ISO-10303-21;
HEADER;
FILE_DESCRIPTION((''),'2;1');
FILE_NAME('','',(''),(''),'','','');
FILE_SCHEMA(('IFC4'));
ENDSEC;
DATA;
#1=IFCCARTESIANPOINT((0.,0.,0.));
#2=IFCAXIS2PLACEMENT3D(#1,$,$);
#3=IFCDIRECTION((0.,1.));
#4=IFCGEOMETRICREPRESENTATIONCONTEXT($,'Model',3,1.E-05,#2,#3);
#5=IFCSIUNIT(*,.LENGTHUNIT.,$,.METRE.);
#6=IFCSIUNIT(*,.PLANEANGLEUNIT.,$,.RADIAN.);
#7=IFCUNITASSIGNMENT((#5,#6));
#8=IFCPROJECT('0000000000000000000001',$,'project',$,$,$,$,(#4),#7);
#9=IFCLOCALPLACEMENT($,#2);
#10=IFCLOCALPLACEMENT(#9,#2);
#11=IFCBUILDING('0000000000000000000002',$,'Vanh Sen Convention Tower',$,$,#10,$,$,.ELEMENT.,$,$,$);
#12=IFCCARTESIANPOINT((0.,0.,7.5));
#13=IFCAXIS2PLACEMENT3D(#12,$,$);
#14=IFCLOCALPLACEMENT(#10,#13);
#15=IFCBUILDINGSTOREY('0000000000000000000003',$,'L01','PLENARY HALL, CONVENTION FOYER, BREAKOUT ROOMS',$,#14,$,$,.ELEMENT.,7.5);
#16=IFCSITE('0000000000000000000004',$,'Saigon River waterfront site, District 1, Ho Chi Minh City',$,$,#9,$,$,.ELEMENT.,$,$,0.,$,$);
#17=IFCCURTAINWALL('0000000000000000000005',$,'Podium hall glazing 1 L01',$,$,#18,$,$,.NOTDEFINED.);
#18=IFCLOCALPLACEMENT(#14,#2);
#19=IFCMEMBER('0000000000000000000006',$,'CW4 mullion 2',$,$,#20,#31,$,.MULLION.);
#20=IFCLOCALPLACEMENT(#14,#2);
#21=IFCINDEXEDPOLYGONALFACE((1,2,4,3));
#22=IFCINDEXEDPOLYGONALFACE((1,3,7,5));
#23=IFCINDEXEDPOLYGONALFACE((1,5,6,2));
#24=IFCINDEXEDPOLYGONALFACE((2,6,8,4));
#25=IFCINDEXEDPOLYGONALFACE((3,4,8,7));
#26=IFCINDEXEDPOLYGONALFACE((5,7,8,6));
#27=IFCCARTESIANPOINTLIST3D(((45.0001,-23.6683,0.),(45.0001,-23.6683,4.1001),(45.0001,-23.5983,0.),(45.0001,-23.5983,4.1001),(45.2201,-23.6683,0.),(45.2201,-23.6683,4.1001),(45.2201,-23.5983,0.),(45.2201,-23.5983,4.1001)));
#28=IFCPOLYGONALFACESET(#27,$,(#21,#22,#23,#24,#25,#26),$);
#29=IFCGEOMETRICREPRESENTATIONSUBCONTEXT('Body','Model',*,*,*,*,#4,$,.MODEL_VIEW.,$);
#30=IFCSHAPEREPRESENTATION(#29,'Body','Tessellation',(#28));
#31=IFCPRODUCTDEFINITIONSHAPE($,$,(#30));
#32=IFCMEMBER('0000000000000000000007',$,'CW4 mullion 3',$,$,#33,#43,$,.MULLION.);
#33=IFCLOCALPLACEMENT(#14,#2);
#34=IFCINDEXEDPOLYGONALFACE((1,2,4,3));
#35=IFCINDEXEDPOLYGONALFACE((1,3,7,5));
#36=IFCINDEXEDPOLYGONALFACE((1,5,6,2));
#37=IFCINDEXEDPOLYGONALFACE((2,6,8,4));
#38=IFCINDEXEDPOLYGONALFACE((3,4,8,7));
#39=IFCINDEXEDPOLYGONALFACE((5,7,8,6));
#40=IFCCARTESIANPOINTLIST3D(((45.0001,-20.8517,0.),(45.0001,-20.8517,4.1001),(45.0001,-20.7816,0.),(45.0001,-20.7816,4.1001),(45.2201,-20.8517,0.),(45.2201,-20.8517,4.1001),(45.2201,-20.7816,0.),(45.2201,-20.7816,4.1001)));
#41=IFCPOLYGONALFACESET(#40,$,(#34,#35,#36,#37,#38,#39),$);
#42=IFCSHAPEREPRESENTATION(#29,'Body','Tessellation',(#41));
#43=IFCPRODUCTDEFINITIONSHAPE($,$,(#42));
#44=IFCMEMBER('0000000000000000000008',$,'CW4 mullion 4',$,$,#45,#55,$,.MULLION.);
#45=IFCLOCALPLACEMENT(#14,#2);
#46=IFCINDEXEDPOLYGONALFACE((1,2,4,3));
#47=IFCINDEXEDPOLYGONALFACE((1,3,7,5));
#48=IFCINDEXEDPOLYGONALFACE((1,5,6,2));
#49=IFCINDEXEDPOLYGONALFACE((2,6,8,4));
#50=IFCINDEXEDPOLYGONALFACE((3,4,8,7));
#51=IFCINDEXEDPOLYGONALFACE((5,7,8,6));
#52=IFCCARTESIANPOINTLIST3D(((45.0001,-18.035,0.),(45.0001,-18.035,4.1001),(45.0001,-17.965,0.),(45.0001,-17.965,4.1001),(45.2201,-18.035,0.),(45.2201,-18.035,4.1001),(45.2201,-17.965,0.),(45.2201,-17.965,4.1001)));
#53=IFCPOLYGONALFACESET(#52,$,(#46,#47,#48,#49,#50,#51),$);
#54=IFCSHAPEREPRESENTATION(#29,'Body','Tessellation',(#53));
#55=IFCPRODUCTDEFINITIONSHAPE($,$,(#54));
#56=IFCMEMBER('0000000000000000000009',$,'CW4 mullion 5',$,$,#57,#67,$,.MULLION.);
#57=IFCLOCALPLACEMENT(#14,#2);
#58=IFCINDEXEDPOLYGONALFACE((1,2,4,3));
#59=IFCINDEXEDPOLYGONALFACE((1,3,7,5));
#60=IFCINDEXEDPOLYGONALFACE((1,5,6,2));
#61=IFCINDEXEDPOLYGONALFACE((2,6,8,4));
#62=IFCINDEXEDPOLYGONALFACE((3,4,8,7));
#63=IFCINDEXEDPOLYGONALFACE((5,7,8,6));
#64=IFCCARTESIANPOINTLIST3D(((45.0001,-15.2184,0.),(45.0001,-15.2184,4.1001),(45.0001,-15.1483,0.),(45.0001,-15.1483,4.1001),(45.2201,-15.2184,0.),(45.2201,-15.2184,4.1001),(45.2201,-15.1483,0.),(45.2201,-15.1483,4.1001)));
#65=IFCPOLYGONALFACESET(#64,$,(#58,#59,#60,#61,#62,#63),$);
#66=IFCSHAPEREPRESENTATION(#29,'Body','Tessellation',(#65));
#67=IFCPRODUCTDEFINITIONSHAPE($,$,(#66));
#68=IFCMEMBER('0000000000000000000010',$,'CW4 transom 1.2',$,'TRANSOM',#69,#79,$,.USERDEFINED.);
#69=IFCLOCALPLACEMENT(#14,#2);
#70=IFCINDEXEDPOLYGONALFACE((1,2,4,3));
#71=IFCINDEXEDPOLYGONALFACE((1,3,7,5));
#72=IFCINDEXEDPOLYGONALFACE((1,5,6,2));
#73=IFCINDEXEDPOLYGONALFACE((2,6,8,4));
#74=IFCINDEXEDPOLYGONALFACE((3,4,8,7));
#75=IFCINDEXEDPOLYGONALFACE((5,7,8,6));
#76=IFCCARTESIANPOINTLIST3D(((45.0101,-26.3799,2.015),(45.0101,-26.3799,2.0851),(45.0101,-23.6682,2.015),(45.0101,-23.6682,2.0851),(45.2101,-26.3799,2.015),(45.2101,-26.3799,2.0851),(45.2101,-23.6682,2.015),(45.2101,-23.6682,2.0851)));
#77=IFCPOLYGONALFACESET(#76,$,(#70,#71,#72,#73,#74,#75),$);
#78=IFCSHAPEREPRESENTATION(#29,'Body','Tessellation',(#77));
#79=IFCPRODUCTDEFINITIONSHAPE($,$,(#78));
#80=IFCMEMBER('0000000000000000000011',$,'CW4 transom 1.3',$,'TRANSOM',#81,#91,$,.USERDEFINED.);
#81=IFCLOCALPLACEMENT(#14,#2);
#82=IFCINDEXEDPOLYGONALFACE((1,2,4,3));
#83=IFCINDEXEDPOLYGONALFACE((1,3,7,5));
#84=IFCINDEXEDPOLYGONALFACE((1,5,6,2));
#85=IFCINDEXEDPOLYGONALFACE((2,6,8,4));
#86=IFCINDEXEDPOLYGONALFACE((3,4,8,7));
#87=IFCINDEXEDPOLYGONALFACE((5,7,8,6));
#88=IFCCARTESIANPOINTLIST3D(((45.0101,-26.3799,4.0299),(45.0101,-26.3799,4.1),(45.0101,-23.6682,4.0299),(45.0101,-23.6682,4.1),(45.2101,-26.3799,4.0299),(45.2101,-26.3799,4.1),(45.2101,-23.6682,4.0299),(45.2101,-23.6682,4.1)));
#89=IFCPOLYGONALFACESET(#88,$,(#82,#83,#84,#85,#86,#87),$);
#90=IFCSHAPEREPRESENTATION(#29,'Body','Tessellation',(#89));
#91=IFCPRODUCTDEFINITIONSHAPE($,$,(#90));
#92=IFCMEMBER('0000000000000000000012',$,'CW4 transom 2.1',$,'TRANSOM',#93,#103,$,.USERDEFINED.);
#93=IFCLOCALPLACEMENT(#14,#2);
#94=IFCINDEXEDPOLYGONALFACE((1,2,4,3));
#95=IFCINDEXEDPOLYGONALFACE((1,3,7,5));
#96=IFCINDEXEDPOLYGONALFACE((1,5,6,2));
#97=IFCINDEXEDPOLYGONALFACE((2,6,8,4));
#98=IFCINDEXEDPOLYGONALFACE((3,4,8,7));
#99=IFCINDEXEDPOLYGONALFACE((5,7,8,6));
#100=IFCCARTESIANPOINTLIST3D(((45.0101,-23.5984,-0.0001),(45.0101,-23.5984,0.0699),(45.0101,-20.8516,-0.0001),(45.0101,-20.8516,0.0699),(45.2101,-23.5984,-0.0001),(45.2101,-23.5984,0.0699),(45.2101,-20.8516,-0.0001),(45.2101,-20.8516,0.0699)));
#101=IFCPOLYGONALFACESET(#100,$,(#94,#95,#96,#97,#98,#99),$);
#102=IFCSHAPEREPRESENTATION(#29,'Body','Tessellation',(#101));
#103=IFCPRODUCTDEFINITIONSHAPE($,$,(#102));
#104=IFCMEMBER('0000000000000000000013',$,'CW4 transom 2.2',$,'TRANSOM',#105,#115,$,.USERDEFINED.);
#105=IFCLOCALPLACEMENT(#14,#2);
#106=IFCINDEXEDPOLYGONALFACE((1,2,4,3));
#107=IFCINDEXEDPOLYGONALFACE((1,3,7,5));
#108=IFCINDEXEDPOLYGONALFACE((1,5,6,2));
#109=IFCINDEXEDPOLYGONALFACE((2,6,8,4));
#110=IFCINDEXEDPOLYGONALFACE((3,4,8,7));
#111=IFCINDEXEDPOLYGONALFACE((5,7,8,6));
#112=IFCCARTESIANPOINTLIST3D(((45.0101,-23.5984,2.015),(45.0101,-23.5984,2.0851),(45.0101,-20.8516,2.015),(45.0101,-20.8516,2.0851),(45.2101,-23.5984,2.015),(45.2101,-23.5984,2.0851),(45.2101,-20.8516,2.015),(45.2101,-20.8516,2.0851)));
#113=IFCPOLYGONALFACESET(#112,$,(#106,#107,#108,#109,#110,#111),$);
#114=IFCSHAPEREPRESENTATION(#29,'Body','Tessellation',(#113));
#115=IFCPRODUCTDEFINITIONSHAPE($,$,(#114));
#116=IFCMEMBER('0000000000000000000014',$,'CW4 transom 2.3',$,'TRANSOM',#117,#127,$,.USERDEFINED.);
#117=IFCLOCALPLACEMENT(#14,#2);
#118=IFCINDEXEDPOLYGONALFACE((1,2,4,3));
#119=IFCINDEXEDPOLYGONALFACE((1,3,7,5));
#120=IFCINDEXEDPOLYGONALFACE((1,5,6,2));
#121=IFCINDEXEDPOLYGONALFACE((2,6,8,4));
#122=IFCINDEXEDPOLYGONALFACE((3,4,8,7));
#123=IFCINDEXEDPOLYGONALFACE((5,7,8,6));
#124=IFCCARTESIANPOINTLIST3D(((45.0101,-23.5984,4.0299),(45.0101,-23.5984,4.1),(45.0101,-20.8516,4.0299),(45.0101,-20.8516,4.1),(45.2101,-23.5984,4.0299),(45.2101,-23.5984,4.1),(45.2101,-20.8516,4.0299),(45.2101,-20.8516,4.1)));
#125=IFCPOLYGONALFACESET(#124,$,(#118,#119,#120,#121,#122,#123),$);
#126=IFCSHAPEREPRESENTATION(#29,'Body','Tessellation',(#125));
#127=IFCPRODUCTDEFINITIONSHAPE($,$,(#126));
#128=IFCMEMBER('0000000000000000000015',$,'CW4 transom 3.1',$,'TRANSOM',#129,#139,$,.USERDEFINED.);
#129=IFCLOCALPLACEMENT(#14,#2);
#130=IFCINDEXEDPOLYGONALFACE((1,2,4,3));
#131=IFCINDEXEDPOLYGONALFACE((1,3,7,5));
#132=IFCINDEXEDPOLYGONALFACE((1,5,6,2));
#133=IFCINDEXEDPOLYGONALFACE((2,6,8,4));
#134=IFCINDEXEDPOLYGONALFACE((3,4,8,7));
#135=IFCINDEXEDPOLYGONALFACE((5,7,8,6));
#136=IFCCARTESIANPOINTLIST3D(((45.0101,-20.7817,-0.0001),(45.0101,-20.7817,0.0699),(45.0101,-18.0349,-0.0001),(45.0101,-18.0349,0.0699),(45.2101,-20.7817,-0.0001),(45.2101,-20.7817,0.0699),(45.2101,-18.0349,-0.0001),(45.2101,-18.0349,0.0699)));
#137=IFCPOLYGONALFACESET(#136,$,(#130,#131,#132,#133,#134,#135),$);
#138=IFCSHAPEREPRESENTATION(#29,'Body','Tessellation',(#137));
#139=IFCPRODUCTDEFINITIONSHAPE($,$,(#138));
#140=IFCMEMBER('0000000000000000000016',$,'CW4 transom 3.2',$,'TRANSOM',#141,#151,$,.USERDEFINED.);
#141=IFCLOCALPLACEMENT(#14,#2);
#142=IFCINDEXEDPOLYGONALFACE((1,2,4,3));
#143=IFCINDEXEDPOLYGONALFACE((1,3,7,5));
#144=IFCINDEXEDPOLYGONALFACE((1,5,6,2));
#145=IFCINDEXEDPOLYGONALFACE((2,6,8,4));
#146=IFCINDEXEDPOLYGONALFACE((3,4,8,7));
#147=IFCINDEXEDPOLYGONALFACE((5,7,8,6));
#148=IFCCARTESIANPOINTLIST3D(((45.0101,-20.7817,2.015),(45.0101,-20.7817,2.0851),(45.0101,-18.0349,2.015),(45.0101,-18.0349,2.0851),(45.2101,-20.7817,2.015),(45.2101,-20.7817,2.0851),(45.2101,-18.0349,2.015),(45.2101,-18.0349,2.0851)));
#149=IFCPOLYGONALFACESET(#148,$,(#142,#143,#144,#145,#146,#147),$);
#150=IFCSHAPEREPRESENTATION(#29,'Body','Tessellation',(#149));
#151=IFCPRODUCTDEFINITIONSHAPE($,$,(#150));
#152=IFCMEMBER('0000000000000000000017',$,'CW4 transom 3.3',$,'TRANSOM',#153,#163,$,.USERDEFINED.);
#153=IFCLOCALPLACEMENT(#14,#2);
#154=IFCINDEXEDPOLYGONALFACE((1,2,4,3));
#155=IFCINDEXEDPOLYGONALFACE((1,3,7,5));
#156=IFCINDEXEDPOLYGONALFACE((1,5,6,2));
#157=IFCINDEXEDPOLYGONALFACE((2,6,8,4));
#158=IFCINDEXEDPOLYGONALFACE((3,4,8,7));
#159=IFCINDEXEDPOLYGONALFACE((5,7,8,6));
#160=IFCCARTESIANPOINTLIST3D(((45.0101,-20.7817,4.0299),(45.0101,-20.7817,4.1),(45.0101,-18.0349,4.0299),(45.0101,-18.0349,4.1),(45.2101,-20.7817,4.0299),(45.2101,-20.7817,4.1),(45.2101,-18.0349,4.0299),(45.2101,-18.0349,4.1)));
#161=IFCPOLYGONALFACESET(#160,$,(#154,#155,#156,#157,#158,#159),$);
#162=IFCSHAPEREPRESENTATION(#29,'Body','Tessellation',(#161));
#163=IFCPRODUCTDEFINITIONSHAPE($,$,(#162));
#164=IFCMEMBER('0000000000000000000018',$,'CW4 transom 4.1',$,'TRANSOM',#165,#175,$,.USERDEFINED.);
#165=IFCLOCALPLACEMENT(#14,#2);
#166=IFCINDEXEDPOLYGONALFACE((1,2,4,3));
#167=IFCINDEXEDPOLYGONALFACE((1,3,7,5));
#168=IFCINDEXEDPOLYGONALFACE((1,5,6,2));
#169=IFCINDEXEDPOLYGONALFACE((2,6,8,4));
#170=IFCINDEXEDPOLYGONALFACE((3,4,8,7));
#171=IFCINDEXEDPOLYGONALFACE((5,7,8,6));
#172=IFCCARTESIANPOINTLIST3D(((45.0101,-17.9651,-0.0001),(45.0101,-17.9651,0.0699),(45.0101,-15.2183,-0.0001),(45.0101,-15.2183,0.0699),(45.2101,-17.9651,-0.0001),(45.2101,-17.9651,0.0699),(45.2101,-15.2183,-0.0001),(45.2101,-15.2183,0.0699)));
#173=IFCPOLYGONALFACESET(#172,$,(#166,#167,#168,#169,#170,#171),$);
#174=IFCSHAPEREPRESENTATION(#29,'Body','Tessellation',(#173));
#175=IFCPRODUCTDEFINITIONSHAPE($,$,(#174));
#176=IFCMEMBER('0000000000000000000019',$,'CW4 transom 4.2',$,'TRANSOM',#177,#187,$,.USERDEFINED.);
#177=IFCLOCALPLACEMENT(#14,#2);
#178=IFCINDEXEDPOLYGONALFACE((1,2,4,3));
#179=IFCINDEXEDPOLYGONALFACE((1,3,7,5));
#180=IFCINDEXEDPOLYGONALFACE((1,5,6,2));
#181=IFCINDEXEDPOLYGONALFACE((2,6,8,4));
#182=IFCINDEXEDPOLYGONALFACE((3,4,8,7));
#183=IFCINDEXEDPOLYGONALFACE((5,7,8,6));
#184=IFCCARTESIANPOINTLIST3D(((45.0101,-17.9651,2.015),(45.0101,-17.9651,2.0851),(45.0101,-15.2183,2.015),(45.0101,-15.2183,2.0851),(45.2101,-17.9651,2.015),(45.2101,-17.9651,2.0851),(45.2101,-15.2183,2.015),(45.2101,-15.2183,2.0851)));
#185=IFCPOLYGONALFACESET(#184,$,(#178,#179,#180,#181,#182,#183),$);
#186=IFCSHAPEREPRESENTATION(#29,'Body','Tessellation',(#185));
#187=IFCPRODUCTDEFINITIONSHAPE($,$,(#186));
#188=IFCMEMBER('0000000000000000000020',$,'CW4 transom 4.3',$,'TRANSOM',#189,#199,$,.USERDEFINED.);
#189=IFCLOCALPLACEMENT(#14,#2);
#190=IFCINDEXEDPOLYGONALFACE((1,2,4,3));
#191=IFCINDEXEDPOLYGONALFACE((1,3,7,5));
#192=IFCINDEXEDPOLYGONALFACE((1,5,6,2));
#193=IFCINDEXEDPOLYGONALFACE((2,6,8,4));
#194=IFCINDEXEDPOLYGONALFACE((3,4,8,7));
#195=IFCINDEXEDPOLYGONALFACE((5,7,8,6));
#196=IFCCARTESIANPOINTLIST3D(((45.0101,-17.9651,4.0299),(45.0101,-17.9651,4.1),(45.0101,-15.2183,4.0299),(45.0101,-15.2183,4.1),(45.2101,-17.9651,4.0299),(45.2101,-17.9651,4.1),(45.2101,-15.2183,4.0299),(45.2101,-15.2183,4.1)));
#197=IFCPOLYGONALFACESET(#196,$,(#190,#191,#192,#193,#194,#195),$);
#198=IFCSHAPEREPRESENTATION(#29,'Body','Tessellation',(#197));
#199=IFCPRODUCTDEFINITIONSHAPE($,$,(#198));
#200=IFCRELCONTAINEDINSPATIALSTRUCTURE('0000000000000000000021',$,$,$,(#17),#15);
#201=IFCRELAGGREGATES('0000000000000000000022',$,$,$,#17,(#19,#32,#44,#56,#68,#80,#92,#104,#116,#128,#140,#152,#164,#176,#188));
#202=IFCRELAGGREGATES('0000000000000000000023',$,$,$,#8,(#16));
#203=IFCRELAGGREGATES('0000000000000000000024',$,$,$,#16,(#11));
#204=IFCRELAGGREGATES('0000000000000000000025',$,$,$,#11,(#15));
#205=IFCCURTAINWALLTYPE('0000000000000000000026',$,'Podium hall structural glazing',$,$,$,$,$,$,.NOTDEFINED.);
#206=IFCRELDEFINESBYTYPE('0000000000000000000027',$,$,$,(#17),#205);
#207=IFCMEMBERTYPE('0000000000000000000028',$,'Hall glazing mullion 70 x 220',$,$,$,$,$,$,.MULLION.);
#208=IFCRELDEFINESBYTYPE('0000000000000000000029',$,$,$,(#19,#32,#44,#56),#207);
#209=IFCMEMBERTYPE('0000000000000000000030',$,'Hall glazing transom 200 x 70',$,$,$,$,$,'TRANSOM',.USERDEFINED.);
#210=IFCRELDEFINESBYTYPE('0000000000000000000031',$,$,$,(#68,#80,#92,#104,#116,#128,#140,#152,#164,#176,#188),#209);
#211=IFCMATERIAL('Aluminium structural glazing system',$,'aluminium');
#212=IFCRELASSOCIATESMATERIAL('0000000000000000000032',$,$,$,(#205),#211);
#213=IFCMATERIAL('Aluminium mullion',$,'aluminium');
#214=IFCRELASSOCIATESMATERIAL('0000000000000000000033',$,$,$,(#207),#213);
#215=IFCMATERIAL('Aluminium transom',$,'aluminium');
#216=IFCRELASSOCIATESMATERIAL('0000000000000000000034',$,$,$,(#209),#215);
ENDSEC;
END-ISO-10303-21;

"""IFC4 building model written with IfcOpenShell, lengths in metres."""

from ifc_helpers import new_model, si_unit, direction, frame, origin, origin_2d, place, context, subcontext, project, spatial, rectangle, extrude, material, material_profile, profile_set, type_object, element, aggregate, save


model = new_model("IFC4")

# Units and contexts
model_context = context("Model", 3, precision=1e-05, world=origin(), true_north=direction((0.0, 1.0)))
body_context = subcontext(model_context, "Body", "Model", "MODEL_VIEW")
ifc_project = project(units=[si_unit("LENGTHUNIT", "METRE"), si_unit("PLANEANGLEUNIT", "RADIAN")], contexts=[model_context])

# Site, building, storey
site_placement = place(None, origin())
site = spatial("IfcSite", under=ifc_project, at=site_placement, Name="Saigon River waterfront site, District 1, Ho Chi Minh City", CompositionType="ELEMENT", RefElevation=0.0)
building_placement = place(site_placement, origin())
building = spatial("IfcBuilding", under=site, at=building_placement, Name="Vanh Sen Convention Tower", CompositionType="ELEMENT")
storey_placement = place(building_placement, frame((0.0, 0.0, 7.5)))
storey = spatial("IfcBuildingStorey", under=building, at=storey_placement, Name="L01", Description="PLENARY HALL, CONVENTION FOYER, BREAKOUT ROOMS", CompositionType="ELEMENT", Elevation=7.5)

# Curtain wall, members
ifc_material_1 = material(Name="Aluminium structural glazing system", Category="aluminium")
curtain_wall_type = type_object("IfcCurtainWallType", Name="Podium hall structural glazing", PredefinedType="NOTDEFINED", material=ifc_material_1)
curtain_wall_placement = place(storey_placement, origin())
curtain_wall = element("IfcCurtainWall", 1, at=curtain_wall_placement, inside=storey, type_object=curtain_wall_type, Name="Podium hall glazing 1 L01", PredefinedType="NOTDEFINED")
ifc_material_2 = material(Name="Aluminium mullion", Category="aluminium")
ifc_material_profile_1 = material_profile(ifc_material_2, rectangle(XDim=0.22, YDim=0.0701, at=origin_2d()), Name="Hall glazing mullion 70 x 220")
ifc_profile_set_1 = profile_set([ifc_material_profile_1], Name="Aluminium mullion")
member_type_1 = type_object("IfcMemberType", Name="Hall glazing mullion 70 x 220", PredefinedType="MULLION", material=ifc_profile_set_1)
member_1_placement = place(storey_placement, frame((45.1101, -23.6333, 0.0), z_axis=(0.0, 0.0, 1.0), x_axis=(-1.0, 0.0, 0.0)))
member_1 = element("IfcMember", 2, at=member_1_placement, type_object=member_type_1, Name="CW4 mullion 2", PredefinedType="MULLION", context=body_context, shape_type="SweptSolid", body=[
    extrude(rectangle(XDim=0.22, YDim=0.0701, at=origin_2d()), origin(), (0.0, 0.0, 1.0), 4.1001),
])
member_2_placement = place(storey_placement, frame((45.1101, -20.8167, 0.0), z_axis=(0.0, 0.0, 1.0), x_axis=(-1.0, 0.0, 0.0)))
member_2 = element("IfcMember", 3, at=member_2_placement, type_object=member_type_1, Name="CW4 mullion 3", PredefinedType="MULLION", context=body_context, shape_type="SweptSolid", body=[
    extrude(rectangle(XDim=0.22, YDim=0.0701, at=origin_2d()), origin(), (0.0, 0.0, 1.0), 4.1001),
])
member_3_placement = place(storey_placement, frame((45.1101, -18.0, 0.0), z_axis=(0.0, 0.0, 1.0), x_axis=(-1.0, 0.0, 0.0)))
member_3 = element("IfcMember", 4, at=member_3_placement, type_object=member_type_1, Name="CW4 mullion 4", PredefinedType="MULLION", context=body_context, shape_type="SweptSolid", body=[
    extrude(rectangle(XDim=0.22, YDim=0.0701, at=origin_2d()), origin(), (0.0, 0.0, 1.0), 4.1001),
])
member_4_placement = place(storey_placement, frame((45.1101, -15.1833, 0.0), z_axis=(0.0, 0.0, 1.0), x_axis=(-1.0, 0.0, 0.0)))
member_4 = element("IfcMember", 5, at=member_4_placement, type_object=member_type_1, Name="CW4 mullion 5", PredefinedType="MULLION", context=body_context, shape_type="SweptSolid", body=[
    extrude(rectangle(XDim=0.22, YDim=0.0701, at=origin_2d()), origin(), (0.0, 0.0, 1.0), 4.1001),
])
ifc_material_3 = material(Name="Aluminium transom", Category="aluminium")
ifc_material_profile_2 = material_profile(ifc_material_3, rectangle(XDim=0.2, YDim=0.0701, at=origin_2d()), Name="Hall glazing transom 200 x 70")
ifc_profile_set_2 = profile_set([ifc_material_profile_2], Name="Aluminium transom")
member_type_2 = type_object("IfcMemberType", Name="Hall glazing transom 200 x 70", ElementType="TRANSOM", PredefinedType="USERDEFINED", material=ifc_profile_set_2)
member_5_placement = place(storey_placement, frame((45.1101, -26.3799, 2.05), z_axis=(0.0, 1.0, 0.0), x_axis=(-1.0, 0.0, 0.0)))
member_5 = element("IfcMember", 6, at=member_5_placement, type_object=member_type_2, Name="CW4 transom 1.2", ObjectType="TRANSOM", PredefinedType="USERDEFINED", context=body_context, shape_type="SweptSolid", body=[
    extrude(rectangle(XDim=0.2, YDim=0.0701, at=origin_2d()), origin(), (0.0, 0.0, 1.0), 2.7117),
])
member_6_placement = place(storey_placement, frame((45.1101, -26.3799, 4.0649), z_axis=(0.0, 1.0, 0.0), x_axis=(-1.0, 0.0, 0.0)))
member_6 = element("IfcMember", 7, at=member_6_placement, type_object=member_type_2, Name="CW4 transom 1.3", ObjectType="TRANSOM", PredefinedType="USERDEFINED", context=body_context, shape_type="SweptSolid", body=[
    extrude(rectangle(XDim=0.2, YDim=0.0701, at=origin_2d()), origin(), (0.0, 0.0, 1.0), 2.7117),
])
member_7_placement = place(storey_placement, frame((45.1101, -23.5984, 0.0349), z_axis=(0.0, 1.0, 0.0), x_axis=(-1.0, 0.0, 0.0)))
member_7 = element("IfcMember", 8, at=member_7_placement, type_object=member_type_2, Name="CW4 transom 2.1", ObjectType="TRANSOM", PredefinedType="USERDEFINED", context=body_context, shape_type="SweptSolid", body=[
    extrude(rectangle(XDim=0.2, YDim=0.0701, at=origin_2d()), origin(), (0.0, 0.0, 1.0), 2.7468),
])
member_8_placement = place(storey_placement, frame((45.1101, -23.5984, 2.05), z_axis=(0.0, 1.0, 0.0), x_axis=(-1.0, 0.0, 0.0)))
member_8 = element("IfcMember", 9, at=member_8_placement, type_object=member_type_2, Name="CW4 transom 2.2", ObjectType="TRANSOM", PredefinedType="USERDEFINED", context=body_context, shape_type="SweptSolid", body=[
    extrude(rectangle(XDim=0.2, YDim=0.0701, at=origin_2d()), origin(), (0.0, 0.0, 1.0), 2.7468),
])
member_9_placement = place(storey_placement, frame((45.1101, -23.5984, 4.0649), z_axis=(0.0, 1.0, 0.0), x_axis=(-1.0, 0.0, 0.0)))
member_9 = element("IfcMember", 10, at=member_9_placement, type_object=member_type_2, Name="CW4 transom 2.3", ObjectType="TRANSOM", PredefinedType="USERDEFINED", context=body_context, shape_type="SweptSolid", body=[
    extrude(rectangle(XDim=0.2, YDim=0.0701, at=origin_2d()), origin(), (0.0, 0.0, 1.0), 2.7468),
])
member_10_placement = place(storey_placement, frame((45.1101, -20.7817, 0.0349), z_axis=(0.0, 1.0, 0.0), x_axis=(-1.0, 0.0, 0.0)))
member_10 = element("IfcMember", 11, at=member_10_placement, type_object=member_type_2, Name="CW4 transom 3.1", ObjectType="TRANSOM", PredefinedType="USERDEFINED", context=body_context, shape_type="SweptSolid", body=[
    extrude(rectangle(XDim=0.2, YDim=0.0701, at=origin_2d()), origin(), (0.0, 0.0, 1.0), 2.7468),
])
member_11_placement = place(storey_placement, frame((45.1101, -20.7817, 2.05), z_axis=(0.0, 1.0, 0.0), x_axis=(-1.0, 0.0, 0.0)))
member_11 = element("IfcMember", 12, at=member_11_placement, type_object=member_type_2, Name="CW4 transom 3.2", ObjectType="TRANSOM", PredefinedType="USERDEFINED", context=body_context, shape_type="SweptSolid", body=[
    extrude(rectangle(XDim=0.2, YDim=0.0701, at=origin_2d()), origin(), (0.0, 0.0, 1.0), 2.7468),
])
member_12_placement = place(storey_placement, frame((45.1101, -20.7817, 4.0649), z_axis=(0.0, 1.0, 0.0), x_axis=(-1.0, 0.0, 0.0)))
member_12 = element("IfcMember", 13, at=member_12_placement, type_object=member_type_2, Name="CW4 transom 3.3", ObjectType="TRANSOM", PredefinedType="USERDEFINED", context=body_context, shape_type="SweptSolid", body=[
    extrude(rectangle(XDim=0.2, YDim=0.0701, at=origin_2d()), origin(), (0.0, 0.0, 1.0), 2.7468),
])
member_13_placement = place(storey_placement, frame((45.1101, -17.9651, 0.0349), z_axis=(0.0, 1.0, 0.0), x_axis=(-1.0, 0.0, 0.0)))
member_13 = element("IfcMember", 14, at=member_13_placement, type_object=member_type_2, Name="CW4 transom 4.1", ObjectType="TRANSOM", PredefinedType="USERDEFINED", context=body_context, shape_type="SweptSolid", body=[
    extrude(rectangle(XDim=0.2, YDim=0.0701, at=origin_2d()), origin(), (0.0, 0.0, 1.0), 2.7468),
])
member_14_placement = place(storey_placement, frame((45.1101, -17.9651, 2.05), z_axis=(0.0, 1.0, 0.0), x_axis=(-1.0, 0.0, 0.0)))
member_14 = element("IfcMember", 15, at=member_14_placement, type_object=member_type_2, Name="CW4 transom 4.2", ObjectType="TRANSOM", PredefinedType="USERDEFINED", context=body_context, shape_type="SweptSolid", body=[
    extrude(rectangle(XDim=0.2, YDim=0.0701, at=origin_2d()), origin(), (0.0, 0.0, 1.0), 2.7468),
])
member_15_placement = place(storey_placement, frame((45.1101, -17.9651, 4.0649), z_axis=(0.0, 1.0, 0.0), x_axis=(-1.0, 0.0, 0.0)))
member_15 = element("IfcMember", 16, at=member_15_placement, type_object=member_type_2, Name="CW4 transom 4.3", ObjectType="TRANSOM", PredefinedType="USERDEFINED", context=body_context, shape_type="SweptSolid", body=[
    extrude(rectangle(XDim=0.2, YDim=0.0701, at=origin_2d()), origin(), (0.0, 0.0, 1.0), 2.7468),
])
aggregate(curtain_wall, [member_1, member_2, member_3, member_4, member_5, member_6, member_7, member_8, member_9, member_10, member_11, member_12, member_13, member_14, member_15])

save(model, "model.ifc")
